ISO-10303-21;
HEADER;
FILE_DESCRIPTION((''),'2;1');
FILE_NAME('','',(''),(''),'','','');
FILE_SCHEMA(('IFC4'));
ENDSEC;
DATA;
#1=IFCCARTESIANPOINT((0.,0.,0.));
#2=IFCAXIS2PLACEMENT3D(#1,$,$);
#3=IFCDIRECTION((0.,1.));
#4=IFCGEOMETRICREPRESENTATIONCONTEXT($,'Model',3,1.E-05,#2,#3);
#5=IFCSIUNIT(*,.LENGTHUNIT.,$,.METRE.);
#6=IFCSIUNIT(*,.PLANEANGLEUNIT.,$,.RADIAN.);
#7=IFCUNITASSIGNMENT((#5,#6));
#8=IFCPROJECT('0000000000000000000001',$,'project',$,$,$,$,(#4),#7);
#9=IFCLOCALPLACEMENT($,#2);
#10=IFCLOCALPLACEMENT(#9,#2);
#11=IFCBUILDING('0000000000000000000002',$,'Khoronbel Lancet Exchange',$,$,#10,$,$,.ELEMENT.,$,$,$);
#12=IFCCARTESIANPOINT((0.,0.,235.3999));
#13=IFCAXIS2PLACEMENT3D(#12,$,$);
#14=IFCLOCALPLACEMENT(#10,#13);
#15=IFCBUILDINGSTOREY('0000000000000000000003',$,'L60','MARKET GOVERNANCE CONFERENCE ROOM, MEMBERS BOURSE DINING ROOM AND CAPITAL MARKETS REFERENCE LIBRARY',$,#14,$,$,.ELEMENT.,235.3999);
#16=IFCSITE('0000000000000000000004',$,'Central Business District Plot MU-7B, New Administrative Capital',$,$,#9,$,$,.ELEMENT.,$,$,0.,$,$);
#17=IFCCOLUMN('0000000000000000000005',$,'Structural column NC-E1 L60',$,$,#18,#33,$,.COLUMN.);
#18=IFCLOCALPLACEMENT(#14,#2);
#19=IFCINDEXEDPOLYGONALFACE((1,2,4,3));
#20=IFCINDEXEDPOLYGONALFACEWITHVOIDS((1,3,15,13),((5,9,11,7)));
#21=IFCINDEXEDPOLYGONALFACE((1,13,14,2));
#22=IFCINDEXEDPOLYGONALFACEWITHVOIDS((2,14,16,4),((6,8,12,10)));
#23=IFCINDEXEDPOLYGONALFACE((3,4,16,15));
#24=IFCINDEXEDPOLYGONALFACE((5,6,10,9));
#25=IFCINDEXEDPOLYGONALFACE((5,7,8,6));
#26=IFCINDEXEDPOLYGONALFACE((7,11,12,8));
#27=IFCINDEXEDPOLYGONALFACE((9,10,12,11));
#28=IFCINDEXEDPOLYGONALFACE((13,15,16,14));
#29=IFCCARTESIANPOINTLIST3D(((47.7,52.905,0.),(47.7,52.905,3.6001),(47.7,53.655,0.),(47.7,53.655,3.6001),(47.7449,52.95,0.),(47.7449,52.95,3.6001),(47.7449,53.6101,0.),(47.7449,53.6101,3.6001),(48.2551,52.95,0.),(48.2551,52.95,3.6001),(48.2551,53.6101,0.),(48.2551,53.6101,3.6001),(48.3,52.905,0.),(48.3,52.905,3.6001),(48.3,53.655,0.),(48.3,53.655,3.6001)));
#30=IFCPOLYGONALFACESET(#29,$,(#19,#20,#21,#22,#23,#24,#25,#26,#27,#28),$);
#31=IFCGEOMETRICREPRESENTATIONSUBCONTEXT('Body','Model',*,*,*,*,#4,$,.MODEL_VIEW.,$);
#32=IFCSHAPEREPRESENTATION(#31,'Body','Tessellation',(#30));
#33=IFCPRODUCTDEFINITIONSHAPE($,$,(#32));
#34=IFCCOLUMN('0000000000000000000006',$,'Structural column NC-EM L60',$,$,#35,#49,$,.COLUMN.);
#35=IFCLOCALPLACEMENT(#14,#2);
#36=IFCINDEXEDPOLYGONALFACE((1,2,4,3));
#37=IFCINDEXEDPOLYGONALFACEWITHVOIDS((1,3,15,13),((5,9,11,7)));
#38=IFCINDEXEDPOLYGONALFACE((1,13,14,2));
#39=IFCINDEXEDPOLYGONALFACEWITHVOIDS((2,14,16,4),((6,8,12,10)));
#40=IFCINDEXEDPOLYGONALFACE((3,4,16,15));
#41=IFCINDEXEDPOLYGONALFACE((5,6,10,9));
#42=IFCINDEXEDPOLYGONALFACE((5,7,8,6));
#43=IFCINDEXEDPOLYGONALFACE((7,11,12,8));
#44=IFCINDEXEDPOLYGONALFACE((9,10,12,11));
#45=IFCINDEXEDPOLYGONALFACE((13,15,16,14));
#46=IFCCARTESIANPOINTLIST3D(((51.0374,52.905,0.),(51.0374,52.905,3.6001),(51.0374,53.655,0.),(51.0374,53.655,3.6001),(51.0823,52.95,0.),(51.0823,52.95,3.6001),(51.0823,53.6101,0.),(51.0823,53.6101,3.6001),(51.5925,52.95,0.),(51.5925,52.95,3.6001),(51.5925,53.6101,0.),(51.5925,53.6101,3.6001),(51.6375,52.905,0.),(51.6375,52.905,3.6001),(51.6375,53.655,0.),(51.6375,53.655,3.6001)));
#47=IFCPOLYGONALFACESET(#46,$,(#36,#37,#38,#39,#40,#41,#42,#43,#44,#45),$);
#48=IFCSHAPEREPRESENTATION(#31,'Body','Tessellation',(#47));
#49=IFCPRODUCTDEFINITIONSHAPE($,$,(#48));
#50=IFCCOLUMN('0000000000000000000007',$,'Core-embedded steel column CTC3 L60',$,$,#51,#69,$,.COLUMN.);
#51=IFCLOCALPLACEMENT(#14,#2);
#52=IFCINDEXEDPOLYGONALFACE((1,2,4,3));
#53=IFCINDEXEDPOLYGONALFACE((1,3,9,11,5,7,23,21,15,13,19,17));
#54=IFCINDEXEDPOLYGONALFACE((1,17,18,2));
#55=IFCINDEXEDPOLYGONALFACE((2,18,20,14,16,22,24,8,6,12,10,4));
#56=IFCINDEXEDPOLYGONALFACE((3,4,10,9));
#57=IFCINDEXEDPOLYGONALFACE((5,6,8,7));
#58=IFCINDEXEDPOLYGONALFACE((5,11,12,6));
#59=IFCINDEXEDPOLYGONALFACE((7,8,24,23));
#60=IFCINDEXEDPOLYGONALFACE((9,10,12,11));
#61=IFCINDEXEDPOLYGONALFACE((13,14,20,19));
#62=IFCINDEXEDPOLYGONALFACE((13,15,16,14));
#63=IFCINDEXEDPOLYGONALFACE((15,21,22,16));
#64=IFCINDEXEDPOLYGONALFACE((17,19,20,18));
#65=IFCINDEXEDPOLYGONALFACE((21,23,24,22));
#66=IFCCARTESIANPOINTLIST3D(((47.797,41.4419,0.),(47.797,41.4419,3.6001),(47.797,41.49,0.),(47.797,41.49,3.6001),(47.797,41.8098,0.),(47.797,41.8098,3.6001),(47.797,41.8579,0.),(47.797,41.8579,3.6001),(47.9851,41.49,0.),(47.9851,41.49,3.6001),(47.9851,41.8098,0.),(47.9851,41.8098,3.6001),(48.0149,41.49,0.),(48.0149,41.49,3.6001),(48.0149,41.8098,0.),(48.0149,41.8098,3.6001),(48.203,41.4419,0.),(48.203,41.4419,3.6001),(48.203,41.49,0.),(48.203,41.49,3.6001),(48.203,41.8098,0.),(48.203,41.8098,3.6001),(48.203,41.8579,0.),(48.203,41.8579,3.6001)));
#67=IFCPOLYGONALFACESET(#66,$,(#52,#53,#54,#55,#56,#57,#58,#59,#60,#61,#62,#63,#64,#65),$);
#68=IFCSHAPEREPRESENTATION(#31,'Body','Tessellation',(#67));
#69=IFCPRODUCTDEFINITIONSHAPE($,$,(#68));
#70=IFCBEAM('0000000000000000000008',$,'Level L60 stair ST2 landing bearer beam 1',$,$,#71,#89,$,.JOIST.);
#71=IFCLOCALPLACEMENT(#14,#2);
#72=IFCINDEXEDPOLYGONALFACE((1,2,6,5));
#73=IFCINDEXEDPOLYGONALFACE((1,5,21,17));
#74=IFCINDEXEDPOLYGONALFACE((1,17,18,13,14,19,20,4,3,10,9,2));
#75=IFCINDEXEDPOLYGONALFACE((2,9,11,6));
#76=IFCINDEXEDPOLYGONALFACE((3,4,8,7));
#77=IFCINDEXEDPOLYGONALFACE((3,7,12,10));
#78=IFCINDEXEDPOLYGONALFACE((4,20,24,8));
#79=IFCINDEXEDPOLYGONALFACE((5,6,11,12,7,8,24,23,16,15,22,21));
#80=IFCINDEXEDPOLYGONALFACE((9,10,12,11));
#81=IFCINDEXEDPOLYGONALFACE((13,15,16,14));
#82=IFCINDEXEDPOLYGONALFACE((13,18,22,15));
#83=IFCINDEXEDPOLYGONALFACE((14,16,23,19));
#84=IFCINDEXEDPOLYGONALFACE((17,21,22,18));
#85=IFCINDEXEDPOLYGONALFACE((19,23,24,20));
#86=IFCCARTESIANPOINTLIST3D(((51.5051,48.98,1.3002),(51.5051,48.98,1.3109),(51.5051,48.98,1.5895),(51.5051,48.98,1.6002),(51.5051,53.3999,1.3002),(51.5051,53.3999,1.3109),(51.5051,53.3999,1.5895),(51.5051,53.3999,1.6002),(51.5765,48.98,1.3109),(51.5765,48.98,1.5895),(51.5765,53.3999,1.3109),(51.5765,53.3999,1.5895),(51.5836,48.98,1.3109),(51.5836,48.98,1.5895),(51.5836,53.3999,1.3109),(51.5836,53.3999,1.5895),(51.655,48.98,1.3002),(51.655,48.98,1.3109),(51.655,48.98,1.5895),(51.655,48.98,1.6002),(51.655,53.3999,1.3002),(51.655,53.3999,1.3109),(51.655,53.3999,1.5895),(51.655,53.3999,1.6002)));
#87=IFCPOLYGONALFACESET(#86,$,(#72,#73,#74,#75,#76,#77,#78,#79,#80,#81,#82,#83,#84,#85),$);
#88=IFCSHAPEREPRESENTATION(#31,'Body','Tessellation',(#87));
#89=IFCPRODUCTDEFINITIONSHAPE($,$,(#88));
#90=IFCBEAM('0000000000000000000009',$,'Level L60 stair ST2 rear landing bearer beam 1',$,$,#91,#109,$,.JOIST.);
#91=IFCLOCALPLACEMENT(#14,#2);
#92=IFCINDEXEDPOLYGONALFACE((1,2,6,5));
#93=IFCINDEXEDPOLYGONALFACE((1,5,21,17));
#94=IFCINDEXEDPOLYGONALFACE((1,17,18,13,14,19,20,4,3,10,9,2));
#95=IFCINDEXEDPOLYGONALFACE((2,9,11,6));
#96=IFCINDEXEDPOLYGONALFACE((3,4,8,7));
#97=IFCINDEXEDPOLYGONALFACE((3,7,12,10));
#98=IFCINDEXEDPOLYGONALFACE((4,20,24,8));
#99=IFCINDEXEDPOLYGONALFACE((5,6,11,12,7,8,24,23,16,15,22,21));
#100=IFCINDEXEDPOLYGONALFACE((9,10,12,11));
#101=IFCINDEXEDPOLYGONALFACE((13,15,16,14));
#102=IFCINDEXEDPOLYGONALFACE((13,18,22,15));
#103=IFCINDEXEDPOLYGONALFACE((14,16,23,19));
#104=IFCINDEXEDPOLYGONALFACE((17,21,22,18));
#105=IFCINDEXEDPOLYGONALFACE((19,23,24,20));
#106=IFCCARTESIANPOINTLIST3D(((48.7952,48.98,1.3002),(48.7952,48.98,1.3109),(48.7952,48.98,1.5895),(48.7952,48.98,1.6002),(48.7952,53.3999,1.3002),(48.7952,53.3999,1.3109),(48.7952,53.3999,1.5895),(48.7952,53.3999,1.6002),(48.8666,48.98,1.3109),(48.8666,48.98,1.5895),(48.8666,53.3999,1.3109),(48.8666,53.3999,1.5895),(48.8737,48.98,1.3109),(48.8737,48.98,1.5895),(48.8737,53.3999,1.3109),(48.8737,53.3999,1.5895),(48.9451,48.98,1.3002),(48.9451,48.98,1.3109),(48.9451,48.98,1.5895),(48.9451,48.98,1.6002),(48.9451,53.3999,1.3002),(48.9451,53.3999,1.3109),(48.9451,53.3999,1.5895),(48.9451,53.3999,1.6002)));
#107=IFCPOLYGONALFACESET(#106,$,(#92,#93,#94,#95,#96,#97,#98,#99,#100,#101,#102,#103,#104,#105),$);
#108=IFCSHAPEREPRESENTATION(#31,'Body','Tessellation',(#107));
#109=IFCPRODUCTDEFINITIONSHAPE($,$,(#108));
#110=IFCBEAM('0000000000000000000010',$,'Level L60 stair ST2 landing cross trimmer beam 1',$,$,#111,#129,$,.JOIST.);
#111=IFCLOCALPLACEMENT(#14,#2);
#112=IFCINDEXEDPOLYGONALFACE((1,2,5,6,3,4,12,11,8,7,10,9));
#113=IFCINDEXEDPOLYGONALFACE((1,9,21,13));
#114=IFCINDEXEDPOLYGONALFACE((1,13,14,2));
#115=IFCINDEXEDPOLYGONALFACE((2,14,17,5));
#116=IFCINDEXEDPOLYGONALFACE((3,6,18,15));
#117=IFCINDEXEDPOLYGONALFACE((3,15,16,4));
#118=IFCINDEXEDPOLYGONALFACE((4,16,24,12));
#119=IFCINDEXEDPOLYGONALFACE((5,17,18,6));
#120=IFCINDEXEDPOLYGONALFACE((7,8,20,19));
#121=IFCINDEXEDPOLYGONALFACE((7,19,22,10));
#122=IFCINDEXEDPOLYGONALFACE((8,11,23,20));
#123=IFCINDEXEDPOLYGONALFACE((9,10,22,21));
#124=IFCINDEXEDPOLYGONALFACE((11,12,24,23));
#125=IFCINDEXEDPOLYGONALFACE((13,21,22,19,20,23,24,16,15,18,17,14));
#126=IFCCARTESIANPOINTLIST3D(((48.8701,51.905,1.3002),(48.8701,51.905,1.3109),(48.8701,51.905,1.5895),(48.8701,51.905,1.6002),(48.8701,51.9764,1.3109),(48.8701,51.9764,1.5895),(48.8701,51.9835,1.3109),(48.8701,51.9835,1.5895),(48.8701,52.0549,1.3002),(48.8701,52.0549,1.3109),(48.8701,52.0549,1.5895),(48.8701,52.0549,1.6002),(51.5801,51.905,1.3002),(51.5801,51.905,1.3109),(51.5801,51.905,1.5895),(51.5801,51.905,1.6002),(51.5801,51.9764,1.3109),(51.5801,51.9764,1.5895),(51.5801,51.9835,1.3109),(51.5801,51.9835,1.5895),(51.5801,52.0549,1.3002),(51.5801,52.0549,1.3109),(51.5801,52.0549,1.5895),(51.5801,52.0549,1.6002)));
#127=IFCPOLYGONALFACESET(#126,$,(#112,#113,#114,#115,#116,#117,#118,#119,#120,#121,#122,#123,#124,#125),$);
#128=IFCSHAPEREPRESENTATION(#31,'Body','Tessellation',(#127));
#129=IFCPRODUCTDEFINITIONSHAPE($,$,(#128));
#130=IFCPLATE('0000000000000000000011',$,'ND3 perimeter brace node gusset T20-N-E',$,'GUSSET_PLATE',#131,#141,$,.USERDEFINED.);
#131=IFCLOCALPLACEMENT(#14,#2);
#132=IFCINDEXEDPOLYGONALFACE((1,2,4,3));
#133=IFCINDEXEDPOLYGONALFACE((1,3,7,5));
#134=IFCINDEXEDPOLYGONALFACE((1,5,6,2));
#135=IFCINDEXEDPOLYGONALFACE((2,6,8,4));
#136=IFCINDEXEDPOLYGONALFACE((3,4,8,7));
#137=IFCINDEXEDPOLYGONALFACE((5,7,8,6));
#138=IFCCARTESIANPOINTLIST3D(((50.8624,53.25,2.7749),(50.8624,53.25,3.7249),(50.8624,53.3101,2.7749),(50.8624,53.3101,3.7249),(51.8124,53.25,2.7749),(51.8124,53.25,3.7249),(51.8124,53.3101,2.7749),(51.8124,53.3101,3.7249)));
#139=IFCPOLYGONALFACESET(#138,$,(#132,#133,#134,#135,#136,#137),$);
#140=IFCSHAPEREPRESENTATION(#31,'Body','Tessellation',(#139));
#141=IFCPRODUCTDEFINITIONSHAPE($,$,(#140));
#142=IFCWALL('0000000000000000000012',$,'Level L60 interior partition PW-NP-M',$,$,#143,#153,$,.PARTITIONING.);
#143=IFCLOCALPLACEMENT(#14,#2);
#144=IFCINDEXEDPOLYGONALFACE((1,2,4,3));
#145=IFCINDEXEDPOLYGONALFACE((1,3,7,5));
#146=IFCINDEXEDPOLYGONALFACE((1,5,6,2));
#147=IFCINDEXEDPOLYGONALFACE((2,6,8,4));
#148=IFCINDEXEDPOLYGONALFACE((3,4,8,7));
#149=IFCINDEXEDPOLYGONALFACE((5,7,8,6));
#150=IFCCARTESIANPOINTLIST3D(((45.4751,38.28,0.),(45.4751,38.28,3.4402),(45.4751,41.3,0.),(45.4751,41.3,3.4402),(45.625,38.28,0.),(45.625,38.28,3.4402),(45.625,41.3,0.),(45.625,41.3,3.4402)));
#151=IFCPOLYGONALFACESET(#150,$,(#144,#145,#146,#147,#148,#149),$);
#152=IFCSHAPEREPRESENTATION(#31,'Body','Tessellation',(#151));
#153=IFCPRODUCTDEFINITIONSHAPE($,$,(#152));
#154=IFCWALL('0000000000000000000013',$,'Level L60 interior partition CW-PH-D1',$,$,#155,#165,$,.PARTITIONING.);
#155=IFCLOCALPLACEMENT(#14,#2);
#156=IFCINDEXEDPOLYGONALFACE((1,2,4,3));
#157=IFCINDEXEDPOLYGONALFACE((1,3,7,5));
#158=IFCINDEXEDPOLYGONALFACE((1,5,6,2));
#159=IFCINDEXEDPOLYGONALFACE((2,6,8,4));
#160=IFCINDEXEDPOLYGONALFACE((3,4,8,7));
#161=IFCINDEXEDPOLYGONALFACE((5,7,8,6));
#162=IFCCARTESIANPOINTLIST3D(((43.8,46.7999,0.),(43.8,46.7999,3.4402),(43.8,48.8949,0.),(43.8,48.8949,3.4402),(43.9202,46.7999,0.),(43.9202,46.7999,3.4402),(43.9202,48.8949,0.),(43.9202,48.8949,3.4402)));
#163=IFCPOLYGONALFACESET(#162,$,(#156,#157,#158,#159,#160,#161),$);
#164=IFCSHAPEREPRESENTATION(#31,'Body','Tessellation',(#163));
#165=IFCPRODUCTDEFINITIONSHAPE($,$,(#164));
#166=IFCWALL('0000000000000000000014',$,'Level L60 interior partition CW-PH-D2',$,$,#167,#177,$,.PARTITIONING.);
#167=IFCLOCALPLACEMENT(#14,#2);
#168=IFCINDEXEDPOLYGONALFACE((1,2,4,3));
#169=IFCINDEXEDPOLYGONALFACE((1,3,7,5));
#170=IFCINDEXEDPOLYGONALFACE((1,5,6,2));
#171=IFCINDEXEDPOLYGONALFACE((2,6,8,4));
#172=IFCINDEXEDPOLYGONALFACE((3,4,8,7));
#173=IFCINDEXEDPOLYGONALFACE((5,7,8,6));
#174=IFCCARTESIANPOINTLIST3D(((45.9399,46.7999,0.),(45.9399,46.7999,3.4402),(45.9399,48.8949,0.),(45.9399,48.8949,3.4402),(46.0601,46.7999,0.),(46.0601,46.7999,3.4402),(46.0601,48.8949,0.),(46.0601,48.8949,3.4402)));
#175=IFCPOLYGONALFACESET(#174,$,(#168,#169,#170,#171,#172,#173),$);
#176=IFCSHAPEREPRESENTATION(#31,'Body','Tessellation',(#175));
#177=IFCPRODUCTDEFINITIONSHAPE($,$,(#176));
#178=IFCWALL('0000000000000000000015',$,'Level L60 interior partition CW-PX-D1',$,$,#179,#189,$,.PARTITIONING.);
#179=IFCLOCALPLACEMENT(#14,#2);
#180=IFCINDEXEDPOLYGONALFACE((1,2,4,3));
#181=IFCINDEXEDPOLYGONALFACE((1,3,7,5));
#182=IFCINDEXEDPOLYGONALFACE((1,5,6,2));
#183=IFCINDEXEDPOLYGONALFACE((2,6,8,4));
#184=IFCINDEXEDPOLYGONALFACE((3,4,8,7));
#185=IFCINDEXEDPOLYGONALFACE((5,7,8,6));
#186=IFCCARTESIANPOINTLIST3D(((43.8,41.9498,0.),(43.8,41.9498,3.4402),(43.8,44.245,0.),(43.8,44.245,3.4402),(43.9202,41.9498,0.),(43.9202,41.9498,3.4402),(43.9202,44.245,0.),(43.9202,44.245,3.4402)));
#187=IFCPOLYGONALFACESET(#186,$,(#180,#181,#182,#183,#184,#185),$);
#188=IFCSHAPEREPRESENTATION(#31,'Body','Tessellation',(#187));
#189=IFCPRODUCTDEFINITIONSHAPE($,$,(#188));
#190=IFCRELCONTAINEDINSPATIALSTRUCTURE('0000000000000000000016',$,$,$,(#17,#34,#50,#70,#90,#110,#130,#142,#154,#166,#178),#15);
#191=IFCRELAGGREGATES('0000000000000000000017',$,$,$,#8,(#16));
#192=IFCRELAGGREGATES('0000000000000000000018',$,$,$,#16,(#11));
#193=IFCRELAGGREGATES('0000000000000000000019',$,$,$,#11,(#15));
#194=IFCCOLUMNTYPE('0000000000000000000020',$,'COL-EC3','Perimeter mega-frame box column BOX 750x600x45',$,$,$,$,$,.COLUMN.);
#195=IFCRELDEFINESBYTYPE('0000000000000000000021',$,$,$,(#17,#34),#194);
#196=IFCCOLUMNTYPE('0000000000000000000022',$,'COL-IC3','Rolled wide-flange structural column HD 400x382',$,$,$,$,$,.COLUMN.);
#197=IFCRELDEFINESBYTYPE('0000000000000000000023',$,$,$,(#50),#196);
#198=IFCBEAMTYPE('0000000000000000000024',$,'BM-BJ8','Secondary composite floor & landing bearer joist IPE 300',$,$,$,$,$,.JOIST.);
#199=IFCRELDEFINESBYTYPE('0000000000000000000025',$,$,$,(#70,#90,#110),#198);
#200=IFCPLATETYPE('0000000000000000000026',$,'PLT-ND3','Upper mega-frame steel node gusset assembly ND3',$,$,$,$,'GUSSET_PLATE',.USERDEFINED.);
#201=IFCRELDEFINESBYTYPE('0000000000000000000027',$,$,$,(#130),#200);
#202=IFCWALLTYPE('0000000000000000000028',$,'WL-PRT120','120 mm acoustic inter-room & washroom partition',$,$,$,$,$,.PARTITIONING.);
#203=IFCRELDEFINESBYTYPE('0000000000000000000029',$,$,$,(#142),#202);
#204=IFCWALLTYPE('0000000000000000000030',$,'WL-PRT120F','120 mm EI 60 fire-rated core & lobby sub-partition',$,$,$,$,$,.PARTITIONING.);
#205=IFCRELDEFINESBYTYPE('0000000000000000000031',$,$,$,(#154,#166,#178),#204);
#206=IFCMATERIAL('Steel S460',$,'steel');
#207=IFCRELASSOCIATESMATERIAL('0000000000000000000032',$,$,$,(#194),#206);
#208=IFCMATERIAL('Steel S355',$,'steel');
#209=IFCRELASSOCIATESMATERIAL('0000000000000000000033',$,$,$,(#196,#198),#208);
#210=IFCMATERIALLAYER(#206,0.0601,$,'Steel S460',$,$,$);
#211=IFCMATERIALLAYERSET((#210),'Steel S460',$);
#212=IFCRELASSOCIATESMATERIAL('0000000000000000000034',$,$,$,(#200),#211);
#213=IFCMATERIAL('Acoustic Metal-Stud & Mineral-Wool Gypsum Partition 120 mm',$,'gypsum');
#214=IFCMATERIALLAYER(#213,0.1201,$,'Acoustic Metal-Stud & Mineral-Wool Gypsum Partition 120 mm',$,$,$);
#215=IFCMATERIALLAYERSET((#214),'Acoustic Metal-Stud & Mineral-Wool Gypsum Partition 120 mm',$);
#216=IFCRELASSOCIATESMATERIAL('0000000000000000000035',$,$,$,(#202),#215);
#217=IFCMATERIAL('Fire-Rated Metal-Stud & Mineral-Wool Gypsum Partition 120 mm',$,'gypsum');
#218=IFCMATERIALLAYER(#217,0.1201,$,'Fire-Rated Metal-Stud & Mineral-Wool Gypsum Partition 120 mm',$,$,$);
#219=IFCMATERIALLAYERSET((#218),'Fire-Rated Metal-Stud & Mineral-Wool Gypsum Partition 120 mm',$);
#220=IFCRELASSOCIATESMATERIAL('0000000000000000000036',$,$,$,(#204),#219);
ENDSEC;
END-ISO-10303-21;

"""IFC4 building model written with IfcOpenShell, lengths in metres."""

from ifc_helpers import new_model, si_unit, direction, frame, frame_2d, origin, origin_2d, place, context, subcontext, project, spatial, rectangle, hollow_rectangle, i_section, extrude, material, layer, layer_set, material_profile, profile_set, type_object, element, save


model = new_model("IFC4")

# Units and contexts
model_context = context("Model", 3, precision=1e-05, world=origin(), true_north=direction((0.0, 1.0)))
body_context = subcontext(model_context, "Body", "Model", "MODEL_VIEW")
ifc_project = project(units=[si_unit("LENGTHUNIT", "METRE"), si_unit("PLANEANGLEUNIT", "RADIAN")], contexts=[model_context])

# Site, building, storey
site_placement = place(None, origin())
site = spatial("IfcSite", under=ifc_project, at=site_placement, Name="Central Business District Plot MU-7B, New Administrative Capital", CompositionType="ELEMENT", RefElevation=0.0)
building_placement = place(site_placement, origin())
building = spatial("IfcBuilding", under=site, at=building_placement, Name="Khoronbel Lancet Exchange", CompositionType="ELEMENT")
storey_placement = place(building_placement, frame((0.0, 0.0, 235.3999)))
storey = spatial("IfcBuildingStorey", under=building, at=storey_placement, Name="L60", Description="MARKET GOVERNANCE CONFERENCE ROOM, MEMBERS BOURSE DINING ROOM AND CAPITAL MARKETS REFERENCE LIBRARY", CompositionType="ELEMENT", Elevation=235.3999)

# Columns
ifc_material_1 = material(Name="Steel S460", Category="steel")
ifc_material_profile_1 = material_profile(ifc_material_1, hollow_rectangle(XDim=0.6001, YDim=0.75, WallThickness=0.0449, at=origin_2d()), Name="BOX 750x600x45")
ifc_profile_set_1 = profile_set([ifc_material_profile_1], Name="Steel S460")
column_type_1 = type_object("IfcColumnType", Name="COL-EC3", Description="Perimeter mega-frame box column BOX 750x600x45", PredefinedType="COLUMN", material=ifc_profile_set_1)
for number, where, z_axis, x_axis, name in (
    (1, (48.0, 53.28, 0.0), (0.0, 0.0, 1.0), (1.0, 0.0, 0.0), "Structural column NC-E1 L60"),
    (2, (51.3374, 53.28, 0.0), (0.0, 0.0, 1.0), (1.0, 0.0, 0.0), "Structural column NC-EM L60"),
):
    element("IfcColumn", number, at=place(storey_placement, frame(where, z_axis=z_axis, x_axis=x_axis)), inside=storey, type_object=column_type_1, Name=name, PredefinedType="COLUMN", context=body_context, shape_type="SweptSolid", body=[
        extrude(hollow_rectangle(XDim=0.6001, YDim=0.75, WallThickness=0.0449, at=origin_2d()), origin(), (0.0, 0.0, 1.0), 3.6001),
    ])
ifc_material_2 = material(Name="Steel S355", Category="steel")
ifc_material_profile_2 = material_profile(ifc_material_2, i_section(OverallWidth=0.406, OverallDepth=0.416, WebThickness=0.0298, FlangeThickness=0.0481, at=origin_2d()), Name="HD 400x382")
ifc_profile_set_2 = profile_set([ifc_material_profile_2], Name="Steel S355")
column_type_2 = type_object("IfcColumnType", Name="COL-IC3", Description="Rolled wide-flange structural column HD 400x382", PredefinedType="COLUMN", material=ifc_profile_set_2)
column_placement = place(storey_placement, frame((48.0, 41.6499, 0.0), z_axis=(0.0, 0.0, 1.0), x_axis=(1.0, 0.0, 0.0)))
element("IfcColumn", 3, at=column_placement, inside=storey, type_object=column_type_2, Name="Core-embedded steel column CTC3 L60", PredefinedType="COLUMN", context=body_context, shape_type="SweptSolid", body=[
    extrude(i_section(OverallWidth=0.406, OverallDepth=0.416, WebThickness=0.0298, FlangeThickness=0.0481, at=origin_2d()), origin(), (0.0, 0.0, 1.0), 3.6001),
])

# Beams
ifc_material_profile_3 = material_profile(ifc_material_2, i_section(OverallWidth=0.1499, OverallDepth=0.3, WebThickness=0.0071, FlangeThickness=0.0107, at=origin_2d()), Name="IPE 300")
ifc_profile_set_3 = profile_set([ifc_material_profile_3], Name="Steel S355")
beam_type = type_object("IfcBeamType", Name="BM-BJ8", Description="Secondary composite floor & landing bearer joist IPE 300", PredefinedType="JOIST", material=ifc_profile_set_3)
for number, where, z_axis, x_axis, name in (
    (4, (51.5801, 48.98, 1.4502), (0.0, 1.0, 0.0), (-1.0, 0.0, 0.0), "Level L60 stair ST2 landing bearer beam 1"),
    (5, (48.8701, 48.98, 1.4502), (0.0, 1.0, 0.0), (-1.0, 0.0, 0.0), "Level L60 stair ST2 rear landing bearer beam 1"),
):
    element("IfcBeam", number, at=place(storey_placement, frame(where, z_axis=z_axis, x_axis=x_axis)), inside=storey, type_object=beam_type, Name=name, PredefinedType="JOIST", context=body_context, shape_type="SweptSolid", body=[
        extrude(i_section(OverallWidth=0.1499, OverallDepth=0.3, WebThickness=0.0071, FlangeThickness=0.0107, at=origin_2d()), origin(), (0.0, 0.0, 1.0), 4.4199),
    ])
beam_placement = place(storey_placement, frame((48.8701, 51.98, 1.4502), z_axis=(1.0, 0.0, 0.0), x_axis=(0.0, 1.0, 0.0)))
element("IfcBeam", 6, at=beam_placement, inside=storey, type_object=beam_type, Name="Level L60 stair ST2 landing cross trimmer beam 1", PredefinedType="JOIST", context=body_context, shape_type="SweptSolid", body=[
    extrude(i_section(OverallWidth=0.1499, OverallDepth=0.3, WebThickness=0.0071, FlangeThickness=0.0107, at=origin_2d()), origin(), (0.0, 0.0, 1.0), 2.71),
])

# Plate
ifc_layer_1 = layer(ifc_material_1, 0.0601, Name="Steel S460")
ifc_layer_set_1 = layer_set([ifc_layer_1], Name="Steel S460")
plate_type = type_object("IfcPlateType", Name="PLT-ND3", Description="Upper mega-frame steel node gusset assembly ND3", ElementType="GUSSET_PLATE", PredefinedType="USERDEFINED", material=ifc_layer_set_1)
plate_placement = place(storey_placement, frame((51.3374, 53.28, 2.7749), z_axis=(0.0, 0.0, 1.0), x_axis=(1.0, 0.0, 0.0)))
element("IfcPlate", 7, at=plate_placement, inside=storey, type_object=plate_type, Name="ND3 perimeter brace node gusset T20-N-E", ObjectType="GUSSET_PLATE", PredefinedType="USERDEFINED", context=body_context, shape_type="SweptSolid", body=[
    extrude(rectangle(XDim=0.95, YDim=0.0601, at=origin_2d()), origin(), (0.0, 0.0, 1.0), 0.95),
])

# Walls
ifc_material_3 = material(Name="Acoustic Metal-Stud & Mineral-Wool Gypsum Partition 120 mm", Category="gypsum")
ifc_layer_2 = layer(ifc_material_3, 0.1201, Name="Acoustic Metal-Stud & Mineral-Wool Gypsum Partition 120 mm")
ifc_layer_set_2 = layer_set([ifc_layer_2], Name="Acoustic Metal-Stud & Mineral-Wool Gypsum Partition 120 mm")
wall_type_1 = type_object("IfcWallType", Name="WL-PRT120", Description="120 mm acoustic inter-room & washroom partition", PredefinedType="PARTITIONING", material=ifc_layer_set_2)
wall_1_placement = place(storey_placement, frame((45.55, 38.28, 0.0), z_axis=(0.0, 0.0, 1.0), x_axis=(0.0, 1.0, 0.0)))
element("IfcWall", 8, at=wall_1_placement, inside=storey, type_object=wall_type_1, Name="Level L60 interior partition PW-NP-M", PredefinedType="PARTITIONING", context=body_context, shape_type="SweptSolid", body=[
    extrude(rectangle(XDim=3.02, YDim=0.1499, at=frame_2d((1.51, 0.0))), origin(), (0.0, 0.0, 1.0), 3.4402),
])
ifc_material_4 = material(Name="Fire-Rated Metal-Stud & Mineral-Wool Gypsum Partition 120 mm", Category="gypsum")
ifc_layer_3 = layer(ifc_material_4, 0.1201, Name="Fire-Rated Metal-Stud & Mineral-Wool Gypsum Partition 120 mm")
ifc_layer_set_3 = layer_set([ifc_layer_3], Name="Fire-Rated Metal-Stud & Mineral-Wool Gypsum Partition 120 mm")
wall_type_2 = type_object("IfcWallType", Name="WL-PRT120F", Description="120 mm EI 60 fire-rated core & lobby sub-partition", PredefinedType="PARTITIONING", material=ifc_layer_set_3)
for number, where, z_axis, x_axis, name in (
    (9, (43.8601, 46.8, 0.0), (0.0, 0.0, 1.0), (0.0, 1.0, 0.0), "Level L60 interior partition CW-PH-D1"),
    (10, (46.0, 46.8, 0.0), (0.0, 0.0, 1.0), (0.0, 1.0, 0.0), "Level L60 interior partition CW-PH-D2"),
):
    element("IfcWall", number, at=place(storey_placement, frame(where, z_axis=z_axis, x_axis=x_axis)), inside=storey, type_object=wall_type_2, Name=name, PredefinedType="PARTITIONING", context=body_context, shape_type="SweptSolid", body=[
        extrude(rectangle(XDim=2.095, YDim=0.1201, at=frame_2d((1.0474, 0.0))), origin(), (0.0, 0.0, 1.0), 3.4402),
    ])
for number, where, z_axis, x_axis, name in (
    (11, (43.8601, 41.95, 0.0), (0.0, 0.0, 1.0), (0.0, 1.0, 0.0), "Level L60 interior partition CW-PX-D1"),
):
    element("IfcWall", number, at=place(storey_placement, frame(where, z_axis=z_axis, x_axis=x_axis)), inside=storey, type_object=wall_type_2, Name=name, PredefinedType="PARTITIONING", context=body_context, shape_type="SweptSolid", body=[
        extrude(rectangle(XDim=2.2952, YDim=0.1201, at=frame_2d((1.1475, 0.0))), origin(), (0.0, 0.0, 1.0), 3.4402),
    ])

save(model, "model.ifc")
